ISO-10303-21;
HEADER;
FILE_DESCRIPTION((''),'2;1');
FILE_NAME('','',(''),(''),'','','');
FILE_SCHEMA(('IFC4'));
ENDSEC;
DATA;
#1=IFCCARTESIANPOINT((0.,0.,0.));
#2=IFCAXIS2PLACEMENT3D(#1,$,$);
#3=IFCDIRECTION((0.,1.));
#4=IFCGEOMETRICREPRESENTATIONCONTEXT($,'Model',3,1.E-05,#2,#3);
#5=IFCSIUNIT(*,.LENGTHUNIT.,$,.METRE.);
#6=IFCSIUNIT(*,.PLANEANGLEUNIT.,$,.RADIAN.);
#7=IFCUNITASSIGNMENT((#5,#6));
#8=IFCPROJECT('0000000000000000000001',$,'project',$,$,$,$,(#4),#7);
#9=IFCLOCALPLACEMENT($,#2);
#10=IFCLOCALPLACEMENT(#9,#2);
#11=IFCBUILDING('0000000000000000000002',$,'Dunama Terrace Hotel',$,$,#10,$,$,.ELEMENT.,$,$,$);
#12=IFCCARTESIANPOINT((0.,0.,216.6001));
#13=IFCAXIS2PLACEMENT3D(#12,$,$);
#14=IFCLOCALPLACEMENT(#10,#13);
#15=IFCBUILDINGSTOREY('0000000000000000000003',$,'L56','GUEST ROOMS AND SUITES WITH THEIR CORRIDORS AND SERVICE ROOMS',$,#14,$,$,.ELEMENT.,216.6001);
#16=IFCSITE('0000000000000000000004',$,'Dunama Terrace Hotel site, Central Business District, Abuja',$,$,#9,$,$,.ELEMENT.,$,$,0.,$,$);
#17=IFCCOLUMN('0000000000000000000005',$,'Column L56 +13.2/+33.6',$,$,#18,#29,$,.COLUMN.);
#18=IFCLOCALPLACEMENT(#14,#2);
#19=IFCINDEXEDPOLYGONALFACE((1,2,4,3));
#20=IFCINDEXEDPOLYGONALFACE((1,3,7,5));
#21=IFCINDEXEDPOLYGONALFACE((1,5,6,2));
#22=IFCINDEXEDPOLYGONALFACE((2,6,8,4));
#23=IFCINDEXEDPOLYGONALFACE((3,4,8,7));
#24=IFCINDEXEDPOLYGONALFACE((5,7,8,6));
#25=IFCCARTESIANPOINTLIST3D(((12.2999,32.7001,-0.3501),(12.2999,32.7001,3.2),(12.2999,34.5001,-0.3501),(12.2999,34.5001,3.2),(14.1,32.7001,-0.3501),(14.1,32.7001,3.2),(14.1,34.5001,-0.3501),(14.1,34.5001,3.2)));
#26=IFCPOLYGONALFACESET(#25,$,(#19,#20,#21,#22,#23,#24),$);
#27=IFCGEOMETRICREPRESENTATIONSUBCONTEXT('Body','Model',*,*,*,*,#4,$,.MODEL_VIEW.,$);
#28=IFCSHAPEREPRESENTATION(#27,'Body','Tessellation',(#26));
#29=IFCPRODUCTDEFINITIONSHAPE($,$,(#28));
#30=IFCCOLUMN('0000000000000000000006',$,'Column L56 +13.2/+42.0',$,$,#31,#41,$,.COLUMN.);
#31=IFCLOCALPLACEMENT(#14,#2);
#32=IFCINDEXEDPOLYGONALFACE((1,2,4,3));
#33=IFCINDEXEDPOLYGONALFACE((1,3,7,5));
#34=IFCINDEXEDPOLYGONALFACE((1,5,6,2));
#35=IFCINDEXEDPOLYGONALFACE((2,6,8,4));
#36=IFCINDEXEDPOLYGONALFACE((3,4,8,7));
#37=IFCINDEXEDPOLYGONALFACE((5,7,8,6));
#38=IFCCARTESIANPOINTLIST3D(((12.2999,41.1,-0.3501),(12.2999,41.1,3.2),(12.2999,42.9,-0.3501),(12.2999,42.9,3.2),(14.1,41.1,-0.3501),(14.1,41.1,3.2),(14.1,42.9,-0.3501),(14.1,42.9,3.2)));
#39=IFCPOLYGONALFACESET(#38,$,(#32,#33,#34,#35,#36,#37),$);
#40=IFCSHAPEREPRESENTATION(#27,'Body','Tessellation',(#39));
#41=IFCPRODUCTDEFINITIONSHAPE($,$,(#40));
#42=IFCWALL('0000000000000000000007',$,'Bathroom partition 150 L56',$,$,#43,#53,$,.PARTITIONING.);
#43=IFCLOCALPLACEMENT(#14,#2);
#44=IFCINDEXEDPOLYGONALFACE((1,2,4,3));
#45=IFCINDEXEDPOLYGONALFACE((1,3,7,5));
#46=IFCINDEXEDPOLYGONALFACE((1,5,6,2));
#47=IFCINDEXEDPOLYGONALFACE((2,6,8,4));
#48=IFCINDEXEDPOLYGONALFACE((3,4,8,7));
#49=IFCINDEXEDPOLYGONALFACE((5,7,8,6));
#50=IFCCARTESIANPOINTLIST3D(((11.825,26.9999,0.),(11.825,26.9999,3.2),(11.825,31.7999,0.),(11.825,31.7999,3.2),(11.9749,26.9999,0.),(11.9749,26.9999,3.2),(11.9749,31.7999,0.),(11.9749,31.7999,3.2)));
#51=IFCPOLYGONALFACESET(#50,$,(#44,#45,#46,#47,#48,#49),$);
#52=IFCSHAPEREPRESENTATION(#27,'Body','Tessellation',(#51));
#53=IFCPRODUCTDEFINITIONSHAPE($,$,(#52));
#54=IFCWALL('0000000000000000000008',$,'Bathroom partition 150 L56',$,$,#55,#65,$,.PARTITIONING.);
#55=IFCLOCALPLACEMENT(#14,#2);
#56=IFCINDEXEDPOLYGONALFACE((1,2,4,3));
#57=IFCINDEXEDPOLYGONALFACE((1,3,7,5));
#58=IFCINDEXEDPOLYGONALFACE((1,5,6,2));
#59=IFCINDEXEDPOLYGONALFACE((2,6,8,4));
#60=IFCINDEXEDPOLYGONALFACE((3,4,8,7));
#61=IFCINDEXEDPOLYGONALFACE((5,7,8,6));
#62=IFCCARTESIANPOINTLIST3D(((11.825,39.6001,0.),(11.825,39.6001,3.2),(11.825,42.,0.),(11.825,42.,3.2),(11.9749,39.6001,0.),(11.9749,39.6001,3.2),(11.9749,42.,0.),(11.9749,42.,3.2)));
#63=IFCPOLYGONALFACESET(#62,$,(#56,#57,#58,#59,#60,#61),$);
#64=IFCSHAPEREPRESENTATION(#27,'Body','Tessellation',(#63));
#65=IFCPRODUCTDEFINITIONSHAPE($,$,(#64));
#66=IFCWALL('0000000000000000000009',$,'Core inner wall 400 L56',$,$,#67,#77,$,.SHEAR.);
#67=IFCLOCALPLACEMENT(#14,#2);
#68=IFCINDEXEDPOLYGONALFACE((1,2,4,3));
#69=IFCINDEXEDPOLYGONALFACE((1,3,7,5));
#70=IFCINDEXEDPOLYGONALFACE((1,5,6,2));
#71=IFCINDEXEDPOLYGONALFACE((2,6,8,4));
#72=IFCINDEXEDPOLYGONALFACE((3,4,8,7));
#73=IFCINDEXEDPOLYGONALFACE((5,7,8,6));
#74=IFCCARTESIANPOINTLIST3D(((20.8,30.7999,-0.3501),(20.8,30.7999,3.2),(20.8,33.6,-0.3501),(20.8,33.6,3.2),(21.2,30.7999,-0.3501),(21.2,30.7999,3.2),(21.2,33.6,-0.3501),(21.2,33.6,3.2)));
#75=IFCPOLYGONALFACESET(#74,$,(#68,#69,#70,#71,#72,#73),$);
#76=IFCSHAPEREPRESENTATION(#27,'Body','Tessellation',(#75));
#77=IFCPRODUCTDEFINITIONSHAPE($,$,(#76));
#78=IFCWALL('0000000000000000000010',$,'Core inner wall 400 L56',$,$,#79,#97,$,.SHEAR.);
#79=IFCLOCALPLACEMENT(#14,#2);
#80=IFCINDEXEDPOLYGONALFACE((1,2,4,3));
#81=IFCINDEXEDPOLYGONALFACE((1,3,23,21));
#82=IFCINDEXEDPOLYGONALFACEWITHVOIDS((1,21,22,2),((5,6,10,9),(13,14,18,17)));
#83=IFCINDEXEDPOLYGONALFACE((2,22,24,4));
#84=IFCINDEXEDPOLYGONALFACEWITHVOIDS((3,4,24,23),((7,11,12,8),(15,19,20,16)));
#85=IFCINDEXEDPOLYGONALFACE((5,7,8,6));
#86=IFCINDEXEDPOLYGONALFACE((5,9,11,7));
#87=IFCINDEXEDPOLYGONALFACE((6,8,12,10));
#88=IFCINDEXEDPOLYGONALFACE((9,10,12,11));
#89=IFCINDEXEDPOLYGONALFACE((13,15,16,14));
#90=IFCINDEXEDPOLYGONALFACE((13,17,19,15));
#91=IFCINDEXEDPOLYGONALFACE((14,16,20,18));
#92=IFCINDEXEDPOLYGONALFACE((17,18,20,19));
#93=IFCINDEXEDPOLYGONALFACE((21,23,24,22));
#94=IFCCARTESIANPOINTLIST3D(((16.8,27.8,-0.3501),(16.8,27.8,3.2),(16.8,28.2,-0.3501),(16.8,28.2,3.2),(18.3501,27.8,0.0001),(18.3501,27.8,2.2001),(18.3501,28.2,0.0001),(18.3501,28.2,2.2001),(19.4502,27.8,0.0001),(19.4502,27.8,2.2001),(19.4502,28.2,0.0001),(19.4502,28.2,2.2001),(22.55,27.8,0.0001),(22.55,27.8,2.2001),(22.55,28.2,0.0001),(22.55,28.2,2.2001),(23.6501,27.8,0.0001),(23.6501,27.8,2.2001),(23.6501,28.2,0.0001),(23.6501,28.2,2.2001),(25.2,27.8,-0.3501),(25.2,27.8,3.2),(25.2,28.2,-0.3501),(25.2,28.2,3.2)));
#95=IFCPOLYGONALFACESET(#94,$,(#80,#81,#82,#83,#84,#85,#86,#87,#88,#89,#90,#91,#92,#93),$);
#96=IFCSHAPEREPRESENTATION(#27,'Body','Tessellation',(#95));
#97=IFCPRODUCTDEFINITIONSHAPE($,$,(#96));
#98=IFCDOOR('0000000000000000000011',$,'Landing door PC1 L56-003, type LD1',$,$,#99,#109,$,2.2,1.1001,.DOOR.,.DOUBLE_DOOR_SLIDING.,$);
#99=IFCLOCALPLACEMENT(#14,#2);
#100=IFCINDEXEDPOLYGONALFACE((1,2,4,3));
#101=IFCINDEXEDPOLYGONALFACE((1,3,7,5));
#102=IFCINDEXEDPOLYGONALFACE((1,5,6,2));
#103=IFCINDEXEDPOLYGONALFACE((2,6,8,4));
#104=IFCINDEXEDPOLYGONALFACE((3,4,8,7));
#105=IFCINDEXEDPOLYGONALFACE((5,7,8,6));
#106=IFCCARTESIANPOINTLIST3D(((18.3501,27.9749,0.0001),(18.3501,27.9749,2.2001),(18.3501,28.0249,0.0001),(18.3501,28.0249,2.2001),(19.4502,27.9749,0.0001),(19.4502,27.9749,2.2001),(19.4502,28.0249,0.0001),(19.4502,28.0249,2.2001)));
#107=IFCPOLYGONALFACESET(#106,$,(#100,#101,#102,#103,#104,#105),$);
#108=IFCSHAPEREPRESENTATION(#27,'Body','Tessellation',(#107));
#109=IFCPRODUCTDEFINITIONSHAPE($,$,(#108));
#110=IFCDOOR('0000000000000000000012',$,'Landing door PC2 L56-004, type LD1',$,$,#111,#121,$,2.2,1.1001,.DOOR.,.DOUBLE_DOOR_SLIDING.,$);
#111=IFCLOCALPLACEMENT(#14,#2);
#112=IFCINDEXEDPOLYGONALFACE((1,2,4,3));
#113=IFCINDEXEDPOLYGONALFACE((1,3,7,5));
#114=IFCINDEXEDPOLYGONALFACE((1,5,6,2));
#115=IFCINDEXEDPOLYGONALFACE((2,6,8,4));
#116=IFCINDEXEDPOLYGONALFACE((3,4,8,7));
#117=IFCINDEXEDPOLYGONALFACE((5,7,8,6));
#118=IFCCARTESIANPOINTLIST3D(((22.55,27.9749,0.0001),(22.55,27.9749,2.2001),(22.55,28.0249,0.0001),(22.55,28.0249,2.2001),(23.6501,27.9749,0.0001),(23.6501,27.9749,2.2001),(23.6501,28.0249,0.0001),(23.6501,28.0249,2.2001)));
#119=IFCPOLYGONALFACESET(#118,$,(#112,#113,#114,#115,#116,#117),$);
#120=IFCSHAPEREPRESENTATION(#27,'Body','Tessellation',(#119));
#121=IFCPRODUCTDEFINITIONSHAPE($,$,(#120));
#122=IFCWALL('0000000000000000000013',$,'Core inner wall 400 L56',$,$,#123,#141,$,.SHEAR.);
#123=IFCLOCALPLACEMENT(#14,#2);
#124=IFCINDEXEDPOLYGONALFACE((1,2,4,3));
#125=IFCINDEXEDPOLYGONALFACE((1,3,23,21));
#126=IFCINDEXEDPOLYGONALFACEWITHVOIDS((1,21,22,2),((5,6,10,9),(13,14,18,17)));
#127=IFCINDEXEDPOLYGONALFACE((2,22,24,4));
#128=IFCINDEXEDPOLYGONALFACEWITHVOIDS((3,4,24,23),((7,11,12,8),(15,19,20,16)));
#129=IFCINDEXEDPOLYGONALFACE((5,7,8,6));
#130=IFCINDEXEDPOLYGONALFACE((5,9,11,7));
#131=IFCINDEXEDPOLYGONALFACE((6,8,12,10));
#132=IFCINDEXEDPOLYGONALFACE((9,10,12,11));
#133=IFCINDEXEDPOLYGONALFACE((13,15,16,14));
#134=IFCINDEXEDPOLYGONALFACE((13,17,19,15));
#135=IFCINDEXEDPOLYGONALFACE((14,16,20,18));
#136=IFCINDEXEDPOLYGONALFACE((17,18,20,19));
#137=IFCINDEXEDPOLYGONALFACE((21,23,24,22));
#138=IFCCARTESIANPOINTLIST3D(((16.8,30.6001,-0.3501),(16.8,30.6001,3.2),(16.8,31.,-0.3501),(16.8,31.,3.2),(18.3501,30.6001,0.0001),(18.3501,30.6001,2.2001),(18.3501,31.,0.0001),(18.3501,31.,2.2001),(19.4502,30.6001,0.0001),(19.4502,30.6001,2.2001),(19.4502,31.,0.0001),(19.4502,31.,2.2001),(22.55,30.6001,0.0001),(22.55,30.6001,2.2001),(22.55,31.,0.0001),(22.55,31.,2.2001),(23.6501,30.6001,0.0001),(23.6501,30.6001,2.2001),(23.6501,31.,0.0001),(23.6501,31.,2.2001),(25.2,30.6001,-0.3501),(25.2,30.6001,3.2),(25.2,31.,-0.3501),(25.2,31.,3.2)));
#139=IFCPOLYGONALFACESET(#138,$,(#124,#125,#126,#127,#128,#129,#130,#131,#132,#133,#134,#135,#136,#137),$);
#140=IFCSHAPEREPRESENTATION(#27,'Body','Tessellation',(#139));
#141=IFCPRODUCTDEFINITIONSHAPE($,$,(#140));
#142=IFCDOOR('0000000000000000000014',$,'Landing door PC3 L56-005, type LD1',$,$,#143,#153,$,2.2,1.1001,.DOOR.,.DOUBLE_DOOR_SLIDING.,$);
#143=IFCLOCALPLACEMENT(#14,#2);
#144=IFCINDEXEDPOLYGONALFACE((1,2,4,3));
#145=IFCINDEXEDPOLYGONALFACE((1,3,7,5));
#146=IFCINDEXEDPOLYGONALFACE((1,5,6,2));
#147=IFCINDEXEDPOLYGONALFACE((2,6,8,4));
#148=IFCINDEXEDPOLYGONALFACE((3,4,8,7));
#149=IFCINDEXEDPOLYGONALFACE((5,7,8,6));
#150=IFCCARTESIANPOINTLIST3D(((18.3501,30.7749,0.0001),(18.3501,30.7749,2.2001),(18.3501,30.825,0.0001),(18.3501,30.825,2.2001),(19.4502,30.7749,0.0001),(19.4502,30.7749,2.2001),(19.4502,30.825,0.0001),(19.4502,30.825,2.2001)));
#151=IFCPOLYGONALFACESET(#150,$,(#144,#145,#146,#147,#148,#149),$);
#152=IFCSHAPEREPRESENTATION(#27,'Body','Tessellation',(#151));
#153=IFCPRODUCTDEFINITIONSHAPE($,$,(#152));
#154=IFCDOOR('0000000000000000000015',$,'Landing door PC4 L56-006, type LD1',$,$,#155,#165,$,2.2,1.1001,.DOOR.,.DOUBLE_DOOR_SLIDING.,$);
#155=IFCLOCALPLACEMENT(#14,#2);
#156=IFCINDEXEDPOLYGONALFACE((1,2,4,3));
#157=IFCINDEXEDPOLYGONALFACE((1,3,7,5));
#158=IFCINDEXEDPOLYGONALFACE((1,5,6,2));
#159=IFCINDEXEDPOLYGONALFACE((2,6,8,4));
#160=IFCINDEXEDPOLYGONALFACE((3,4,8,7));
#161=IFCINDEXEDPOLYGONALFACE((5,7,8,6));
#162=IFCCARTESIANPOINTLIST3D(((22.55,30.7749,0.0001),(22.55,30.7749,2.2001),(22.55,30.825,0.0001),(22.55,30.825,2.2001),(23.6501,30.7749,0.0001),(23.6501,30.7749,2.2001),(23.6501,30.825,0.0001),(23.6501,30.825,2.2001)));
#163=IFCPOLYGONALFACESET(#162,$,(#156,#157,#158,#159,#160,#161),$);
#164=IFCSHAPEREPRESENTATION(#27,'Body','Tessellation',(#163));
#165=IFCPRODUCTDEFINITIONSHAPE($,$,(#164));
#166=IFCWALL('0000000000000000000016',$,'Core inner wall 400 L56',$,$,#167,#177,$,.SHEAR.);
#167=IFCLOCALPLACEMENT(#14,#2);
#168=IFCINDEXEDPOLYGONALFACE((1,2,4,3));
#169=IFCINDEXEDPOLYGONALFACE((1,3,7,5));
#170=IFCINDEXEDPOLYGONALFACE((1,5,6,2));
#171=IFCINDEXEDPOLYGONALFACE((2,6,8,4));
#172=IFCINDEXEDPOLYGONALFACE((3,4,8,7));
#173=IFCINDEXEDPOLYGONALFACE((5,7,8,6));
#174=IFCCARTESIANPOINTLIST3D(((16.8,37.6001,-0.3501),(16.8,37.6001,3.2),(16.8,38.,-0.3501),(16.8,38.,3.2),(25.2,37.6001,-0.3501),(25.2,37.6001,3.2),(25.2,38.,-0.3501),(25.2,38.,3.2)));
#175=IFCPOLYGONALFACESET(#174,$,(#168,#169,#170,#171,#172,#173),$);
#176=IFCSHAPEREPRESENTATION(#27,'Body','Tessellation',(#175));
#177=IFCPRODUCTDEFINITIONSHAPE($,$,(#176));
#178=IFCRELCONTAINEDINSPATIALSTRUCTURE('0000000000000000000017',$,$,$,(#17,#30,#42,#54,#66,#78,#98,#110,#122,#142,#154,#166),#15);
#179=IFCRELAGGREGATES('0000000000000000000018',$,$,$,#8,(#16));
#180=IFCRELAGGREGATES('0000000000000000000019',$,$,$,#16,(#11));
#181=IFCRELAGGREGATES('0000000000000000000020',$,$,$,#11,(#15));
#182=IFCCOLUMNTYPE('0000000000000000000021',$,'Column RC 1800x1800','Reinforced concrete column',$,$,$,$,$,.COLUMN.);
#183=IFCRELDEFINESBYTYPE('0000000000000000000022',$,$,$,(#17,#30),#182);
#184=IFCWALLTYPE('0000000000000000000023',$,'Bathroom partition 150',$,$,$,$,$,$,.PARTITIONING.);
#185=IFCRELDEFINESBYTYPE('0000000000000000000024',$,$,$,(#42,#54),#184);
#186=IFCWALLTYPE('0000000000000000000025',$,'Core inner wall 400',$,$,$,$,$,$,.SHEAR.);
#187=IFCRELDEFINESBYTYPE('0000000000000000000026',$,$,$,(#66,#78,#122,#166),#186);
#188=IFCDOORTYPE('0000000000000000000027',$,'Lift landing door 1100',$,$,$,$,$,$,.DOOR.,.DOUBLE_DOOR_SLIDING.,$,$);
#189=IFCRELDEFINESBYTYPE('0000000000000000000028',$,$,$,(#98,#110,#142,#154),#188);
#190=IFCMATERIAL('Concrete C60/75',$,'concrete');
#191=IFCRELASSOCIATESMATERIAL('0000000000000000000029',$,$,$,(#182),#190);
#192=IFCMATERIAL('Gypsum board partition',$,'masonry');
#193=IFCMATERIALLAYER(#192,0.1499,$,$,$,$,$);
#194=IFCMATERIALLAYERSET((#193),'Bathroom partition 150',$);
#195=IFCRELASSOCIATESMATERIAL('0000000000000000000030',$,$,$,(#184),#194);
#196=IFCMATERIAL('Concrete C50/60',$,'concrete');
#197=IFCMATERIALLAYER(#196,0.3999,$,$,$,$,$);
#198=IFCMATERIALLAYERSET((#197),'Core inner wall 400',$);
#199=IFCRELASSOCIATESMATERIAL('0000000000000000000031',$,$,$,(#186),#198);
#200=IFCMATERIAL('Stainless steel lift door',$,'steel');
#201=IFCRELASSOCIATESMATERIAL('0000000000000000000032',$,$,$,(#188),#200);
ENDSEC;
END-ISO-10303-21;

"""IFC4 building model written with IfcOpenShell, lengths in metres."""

from ifc_helpers import new_model, si_unit, direction, frame, frame_2d, origin, origin_2d, place, context, subcontext, project, spatial, rectangle, extrude, material, layer, layer_set, material_profile, profile_set, type_object, element, fill, save


model = new_model("IFC4")

# Units and contexts
model_context = context("Model", 3, precision=1e-05, world=origin(), true_north=direction((0.0, 1.0)))
body_context = subcontext(model_context, "Body", "Model", "MODEL_VIEW")
ifc_project = project(units=[si_unit("LENGTHUNIT", "METRE"), si_unit("PLANEANGLEUNIT", "RADIAN")], contexts=[model_context])

# Site, building, storey
site_placement = place(None, origin())
site = spatial("IfcSite", under=ifc_project, at=site_placement, Name="Dunama Terrace Hotel site, Central Business District, Abuja", CompositionType="ELEMENT", RefElevation=0.0)
building_placement = place(site_placement, origin())
building = spatial("IfcBuilding", under=site, at=building_placement, Name="Dunama Terrace Hotel", CompositionType="ELEMENT")
storey_placement = place(building_placement, frame((0.0, 0.0, 216.6001)))
storey = spatial("IfcBuildingStorey", under=building, at=storey_placement, Name="L56", Description="GUEST ROOMS AND SUITES WITH THEIR CORRIDORS AND SERVICE ROOMS", CompositionType="ELEMENT", Elevation=216.6001)

# Columns
ifc_material_1 = material(Name="Concrete C60/75", Category="concrete")
ifc_material_profile = material_profile(ifc_material_1, rectangle(XDim=1.8, YDim=1.8, at=origin_2d()), Name="RC 1800x1800")
ifc_profile_set = profile_set([ifc_material_profile], Name="Concrete C60/75")
column_type = type_object("IfcColumnType", Name="Column RC 1800x1800", Description="Reinforced concrete column", PredefinedType="COLUMN", material=ifc_profile_set)
for number, where, z_axis, x_axis, name in (
    (1, (13.2, 33.6001, -0.3501), (0.0, 0.0, 1.0), (1.0, 0.0, 0.0), "Column L56 +13.2/+33.6"),
    (2, (13.2, 42.0, -0.3501), (0.0, 0.0, 1.0), (1.0, 0.0, 0.0), "Column L56 +13.2/+42.0"),
):
    element("IfcColumn", number, at=place(storey_placement, frame(where, z_axis=z_axis, x_axis=x_axis)), inside=storey, type_object=column_type, Name=name, PredefinedType="COLUMN", context=body_context, shape_type="SweptSolid", body=[
        extrude(rectangle(XDim=1.8, YDim=1.8, at=origin_2d()), origin(), (0.0, 0.0, 1.0), 3.55),
    ])

# Walls
ifc_material_2 = material(Name="Gypsum board partition", Category="masonry")
ifc_layer_1 = layer(ifc_material_2, 0.1499)
ifc_layer_set_1 = layer_set([ifc_layer_1], Name="Bathroom partition 150")
wall_type_1 = type_object("IfcWallType", Name="Bathroom partition 150", PredefinedType="PARTITIONING", material=ifc_layer_set_1)
wall_1_placement = place(storey_placement, frame((11.8999, 27.0, 0.0), z_axis=(0.0, 0.0, 1.0), x_axis=(0.0, 1.0, 0.0)))
element("IfcWall", 3, at=wall_1_placement, inside=storey, type_object=wall_type_1, Name="Bathroom partition 150 L56", PredefinedType="PARTITIONING", context=body_context, shape_type="SweptSolid", body=[
    extrude(rectangle(XDim=4.8, YDim=0.1499, at=frame_2d((2.3999, 0.0))), origin(), (0.0, 0.0, 1.0), 3.2),
])
wall_2_placement = place(storey_placement, frame((11.8999, 39.6001, 0.0), z_axis=(0.0, 0.0, 1.0), x_axis=(0.0, 1.0, 0.0)))
element("IfcWall", 4, at=wall_2_placement, inside=storey, type_object=wall_type_1, Name="Bathroom partition 150 L56", PredefinedType="PARTITIONING", context=body_context, shape_type="SweptSolid", body=[
    extrude(rectangle(XDim=2.3999, YDim=0.1499, at=frame_2d((1.2, 0.0))), origin(), (0.0, 0.0, 1.0), 3.2),
])
ifc_material_3 = material(Name="Concrete C50/60", Category="concrete")
ifc_layer_2 = layer(ifc_material_3, 0.3999)
ifc_layer_set_2 = layer_set([ifc_layer_2], Name="Core inner wall 400")
wall_type_2 = type_object("IfcWallType", Name="Core inner wall 400", PredefinedType="SHEAR", material=ifc_layer_set_2)
wall_3_placement = place(storey_placement, frame((21.0, 30.8, -0.3501), z_axis=(0.0, 0.0, 1.0), x_axis=(0.0, 1.0, 0.0)))
element("IfcWall", 5, at=wall_3_placement, inside=storey, type_object=wall_type_2, Name="Core inner wall 400 L56", PredefinedType="SHEAR", context=body_context, shape_type="SweptSolid", body=[
    extrude(rectangle(XDim=2.8, YDim=0.3999, at=frame_2d((1.3999, 0.0))), origin(), (0.0, 0.0, 1.0), 3.55),
])

# Walls, openings, doors
wall_4_placement = place(storey_placement, frame((16.8, 28.0, -0.3501), z_axis=(0.0, 0.0, 1.0), x_axis=(1.0, 0.0, 0.0)))
wall_4 = element("IfcWall", 6, at=wall_4_placement, inside=storey, type_object=wall_type_2, Name="Core inner wall 400 L56", PredefinedType="SHEAR", context=body_context, shape_type="SweptSolid", body=[
    extrude(rectangle(XDim=8.3999, YDim=0.3999, at=frame_2d((4.2, 0.0))), origin(), (0.0, 0.0, 1.0), 3.55),
])
opening_1_placement = place(wall_4_placement, frame((1.55, 0.0, 0.3501)))
opening_1 = element("IfcOpeningElement", 7, at=opening_1_placement, cuts=wall_4, PredefinedType="OPENING", context=body_context, shape_type="SweptSolid", body=[
    extrude(rectangle(XDim=1.1001, YDim=2.2, at=frame_2d((0.55, 1.1001))), frame((0.0, 0.21, 0.0), z_axis=(0.0, -1.0, 0.0), x_axis=(1.0, 0.0, 0.0)), (0.0, 0.0, 1.0), 0.4199),
])
opening_2_placement = place(wall_4_placement, frame((5.75, 0.0, 0.3501)))
opening_2 = element("IfcOpeningElement", 8, at=opening_2_placement, cuts=wall_4, PredefinedType="OPENING", context=body_context, shape_type="SweptSolid", body=[
    extrude(rectangle(XDim=1.1001, YDim=2.2, at=frame_2d((0.55, 1.1001))), frame((0.0, 0.21, 0.0), z_axis=(0.0, -1.0, 0.0), x_axis=(1.0, 0.0, 0.0)), (0.0, 0.0, 1.0), 0.4199),
])
ifc_material_4 = material(Name="Stainless steel lift door", Category="steel")
door_type_1 = type_object("IfcDoorType", Name="Lift landing door 1100", OperationType="DOUBLE_DOOR_SLIDING", PredefinedType="DOOR", material=ifc_material_4)
door_1_placement = place(opening_1_placement, origin())
door_1 = element("IfcDoor", 9, at=door_1_placement, inside=storey, type_object=door_type_1, Name="Landing door PC1 L56-003, type LD1", OperationType="DOUBLE_DOOR_SLIDING", OverallHeight=2.2, OverallWidth=1.1001, PredefinedType="DOOR", context=body_context, shape_type="SweptSolid", body=[
    extrude(rectangle(XDim=1.1001, YDim=2.2, at=frame_2d((0.55, 1.1001))), frame((0.0, 0.0249, 0.0), z_axis=(0.0, -1.0, 0.0), x_axis=(1.0, 0.0, 0.0)), (0.0, 0.0, 1.0), 0.05),
])
fill(opening_1, door_1)
door_2_placement = place(opening_2_placement, origin())
door_2 = element("IfcDoor", 10, at=door_2_placement, inside=storey, type_object=door_type_1, Name="Landing door PC2 L56-004, type LD1", OperationType="DOUBLE_DOOR_SLIDING", OverallHeight=2.2, OverallWidth=1.1001, PredefinedType="DOOR", context=body_context, shape_type="SweptSolid", body=[
    extrude(rectangle(XDim=1.1001, YDim=2.2, at=frame_2d((0.55, 1.1001))), frame((0.0, 0.0249, 0.0), z_axis=(0.0, -1.0, 0.0), x_axis=(1.0, 0.0, 0.0)), (0.0, 0.0, 1.0), 0.05),
])
fill(opening_2, door_2)
wall_5_placement = place(storey_placement, frame((16.8, 30.8, -0.3501), z_axis=(0.0, 0.0, 1.0), x_axis=(1.0, 0.0, 0.0)))
wall_5 = element("IfcWall", 11, at=wall_5_placement, inside=storey, type_object=wall_type_2, Name="Core inner wall 400 L56", PredefinedType="SHEAR", context=body_context, shape_type="SweptSolid", body=[
    extrude(rectangle(XDim=8.3999, YDim=0.3999, at=frame_2d((4.2, 0.0))), origin(), (0.0, 0.0, 1.0), 3.55),
])
opening_3_placement = place(wall_5_placement, frame((1.55, 0.0, 0.3501)))
opening_3 = element("IfcOpeningElement", 12, at=opening_3_placement, cuts=wall_5, PredefinedType="OPENING", context=body_context, shape_type="SweptSolid", body=[
    extrude(rectangle(XDim=1.1001, YDim=2.2, at=frame_2d((0.55, 1.1001))), frame((0.0, 0.21, 0.0), z_axis=(0.0, -1.0, 0.0), x_axis=(1.0, 0.0, 0.0)), (0.0, 0.0, 1.0), 0.4199),
])
opening_4_placement = place(wall_5_placement, frame((5.75, 0.0, 0.3501)))
opening_4 = element("IfcOpeningElement", 13, at=opening_4_placement, cuts=wall_5, PredefinedType="OPENING", context=body_context, shape_type="SweptSolid", body=[
    extrude(rectangle(XDim=1.1001, YDim=2.2, at=frame_2d((0.55, 1.1001))), frame((0.0, 0.21, 0.0), z_axis=(0.0, -1.0, 0.0), x_axis=(1.0, 0.0, 0.0)), (0.0, 0.0, 1.0), 0.4199),
])
door_3_placement = place(opening_3_placement, origin())
door_3 = element("IfcDoor", 14, at=door_3_placement, inside=storey, type_object=door_type_1, Name="Landing door PC3 L56-005, type LD1", OperationType="DOUBLE_DOOR_SLIDING", OverallHeight=2.2, OverallWidth=1.1001, PredefinedType="DOOR", context=body_context, shape_type="SweptSolid", body=[
    extrude(rectangle(XDim=1.1001, YDim=2.2, at=frame_2d((0.55, 1.1001))), frame((0.0, 0.0249, 0.0), z_axis=(0.0, -1.0, 0.0), x_axis=(1.0, 0.0, 0.0)), (0.0, 0.0, 1.0), 0.05),
])
fill(opening_3, door_3)
door_4_placement = place(opening_4_placement, origin())
door_4 = element("IfcDoor", 15, at=door_4_placement, inside=storey, type_object=door_type_1, Name="Landing door PC4 L56-006, type LD1", OperationType="DOUBLE_DOOR_SLIDING", OverallHeight=2.2, OverallWidth=1.1001, PredefinedType="DOOR", context=body_context, shape_type="SweptSolid", body=[
    extrude(rectangle(XDim=1.1001, YDim=2.2, at=frame_2d((0.55, 1.1001))), frame((0.0, 0.0249, 0.0), z_axis=(0.0, -1.0, 0.0), x_axis=(1.0, 0.0, 0.0)), (0.0, 0.0, 1.0), 0.05),
])
fill(opening_4, door_4)

# Wall
wall_6_placement = place(storey_placement, frame((16.8, 37.8, -0.3501), z_axis=(0.0, 0.0, 1.0), x_axis=(1.0, 0.0, 0.0)))
element("IfcWall", 16, at=wall_6_placement, inside=storey, type_object=wall_type_2, Name="Core inner wall 400 L56", PredefinedType="SHEAR", context=body_context, shape_type="SweptSolid", body=[
    extrude(rectangle(XDim=8.3999, YDim=0.3999, at=frame_2d((4.2, 0.0))), origin(), (0.0, 0.0, 1.0), 3.55),
])

save(model, "model.ifc")
